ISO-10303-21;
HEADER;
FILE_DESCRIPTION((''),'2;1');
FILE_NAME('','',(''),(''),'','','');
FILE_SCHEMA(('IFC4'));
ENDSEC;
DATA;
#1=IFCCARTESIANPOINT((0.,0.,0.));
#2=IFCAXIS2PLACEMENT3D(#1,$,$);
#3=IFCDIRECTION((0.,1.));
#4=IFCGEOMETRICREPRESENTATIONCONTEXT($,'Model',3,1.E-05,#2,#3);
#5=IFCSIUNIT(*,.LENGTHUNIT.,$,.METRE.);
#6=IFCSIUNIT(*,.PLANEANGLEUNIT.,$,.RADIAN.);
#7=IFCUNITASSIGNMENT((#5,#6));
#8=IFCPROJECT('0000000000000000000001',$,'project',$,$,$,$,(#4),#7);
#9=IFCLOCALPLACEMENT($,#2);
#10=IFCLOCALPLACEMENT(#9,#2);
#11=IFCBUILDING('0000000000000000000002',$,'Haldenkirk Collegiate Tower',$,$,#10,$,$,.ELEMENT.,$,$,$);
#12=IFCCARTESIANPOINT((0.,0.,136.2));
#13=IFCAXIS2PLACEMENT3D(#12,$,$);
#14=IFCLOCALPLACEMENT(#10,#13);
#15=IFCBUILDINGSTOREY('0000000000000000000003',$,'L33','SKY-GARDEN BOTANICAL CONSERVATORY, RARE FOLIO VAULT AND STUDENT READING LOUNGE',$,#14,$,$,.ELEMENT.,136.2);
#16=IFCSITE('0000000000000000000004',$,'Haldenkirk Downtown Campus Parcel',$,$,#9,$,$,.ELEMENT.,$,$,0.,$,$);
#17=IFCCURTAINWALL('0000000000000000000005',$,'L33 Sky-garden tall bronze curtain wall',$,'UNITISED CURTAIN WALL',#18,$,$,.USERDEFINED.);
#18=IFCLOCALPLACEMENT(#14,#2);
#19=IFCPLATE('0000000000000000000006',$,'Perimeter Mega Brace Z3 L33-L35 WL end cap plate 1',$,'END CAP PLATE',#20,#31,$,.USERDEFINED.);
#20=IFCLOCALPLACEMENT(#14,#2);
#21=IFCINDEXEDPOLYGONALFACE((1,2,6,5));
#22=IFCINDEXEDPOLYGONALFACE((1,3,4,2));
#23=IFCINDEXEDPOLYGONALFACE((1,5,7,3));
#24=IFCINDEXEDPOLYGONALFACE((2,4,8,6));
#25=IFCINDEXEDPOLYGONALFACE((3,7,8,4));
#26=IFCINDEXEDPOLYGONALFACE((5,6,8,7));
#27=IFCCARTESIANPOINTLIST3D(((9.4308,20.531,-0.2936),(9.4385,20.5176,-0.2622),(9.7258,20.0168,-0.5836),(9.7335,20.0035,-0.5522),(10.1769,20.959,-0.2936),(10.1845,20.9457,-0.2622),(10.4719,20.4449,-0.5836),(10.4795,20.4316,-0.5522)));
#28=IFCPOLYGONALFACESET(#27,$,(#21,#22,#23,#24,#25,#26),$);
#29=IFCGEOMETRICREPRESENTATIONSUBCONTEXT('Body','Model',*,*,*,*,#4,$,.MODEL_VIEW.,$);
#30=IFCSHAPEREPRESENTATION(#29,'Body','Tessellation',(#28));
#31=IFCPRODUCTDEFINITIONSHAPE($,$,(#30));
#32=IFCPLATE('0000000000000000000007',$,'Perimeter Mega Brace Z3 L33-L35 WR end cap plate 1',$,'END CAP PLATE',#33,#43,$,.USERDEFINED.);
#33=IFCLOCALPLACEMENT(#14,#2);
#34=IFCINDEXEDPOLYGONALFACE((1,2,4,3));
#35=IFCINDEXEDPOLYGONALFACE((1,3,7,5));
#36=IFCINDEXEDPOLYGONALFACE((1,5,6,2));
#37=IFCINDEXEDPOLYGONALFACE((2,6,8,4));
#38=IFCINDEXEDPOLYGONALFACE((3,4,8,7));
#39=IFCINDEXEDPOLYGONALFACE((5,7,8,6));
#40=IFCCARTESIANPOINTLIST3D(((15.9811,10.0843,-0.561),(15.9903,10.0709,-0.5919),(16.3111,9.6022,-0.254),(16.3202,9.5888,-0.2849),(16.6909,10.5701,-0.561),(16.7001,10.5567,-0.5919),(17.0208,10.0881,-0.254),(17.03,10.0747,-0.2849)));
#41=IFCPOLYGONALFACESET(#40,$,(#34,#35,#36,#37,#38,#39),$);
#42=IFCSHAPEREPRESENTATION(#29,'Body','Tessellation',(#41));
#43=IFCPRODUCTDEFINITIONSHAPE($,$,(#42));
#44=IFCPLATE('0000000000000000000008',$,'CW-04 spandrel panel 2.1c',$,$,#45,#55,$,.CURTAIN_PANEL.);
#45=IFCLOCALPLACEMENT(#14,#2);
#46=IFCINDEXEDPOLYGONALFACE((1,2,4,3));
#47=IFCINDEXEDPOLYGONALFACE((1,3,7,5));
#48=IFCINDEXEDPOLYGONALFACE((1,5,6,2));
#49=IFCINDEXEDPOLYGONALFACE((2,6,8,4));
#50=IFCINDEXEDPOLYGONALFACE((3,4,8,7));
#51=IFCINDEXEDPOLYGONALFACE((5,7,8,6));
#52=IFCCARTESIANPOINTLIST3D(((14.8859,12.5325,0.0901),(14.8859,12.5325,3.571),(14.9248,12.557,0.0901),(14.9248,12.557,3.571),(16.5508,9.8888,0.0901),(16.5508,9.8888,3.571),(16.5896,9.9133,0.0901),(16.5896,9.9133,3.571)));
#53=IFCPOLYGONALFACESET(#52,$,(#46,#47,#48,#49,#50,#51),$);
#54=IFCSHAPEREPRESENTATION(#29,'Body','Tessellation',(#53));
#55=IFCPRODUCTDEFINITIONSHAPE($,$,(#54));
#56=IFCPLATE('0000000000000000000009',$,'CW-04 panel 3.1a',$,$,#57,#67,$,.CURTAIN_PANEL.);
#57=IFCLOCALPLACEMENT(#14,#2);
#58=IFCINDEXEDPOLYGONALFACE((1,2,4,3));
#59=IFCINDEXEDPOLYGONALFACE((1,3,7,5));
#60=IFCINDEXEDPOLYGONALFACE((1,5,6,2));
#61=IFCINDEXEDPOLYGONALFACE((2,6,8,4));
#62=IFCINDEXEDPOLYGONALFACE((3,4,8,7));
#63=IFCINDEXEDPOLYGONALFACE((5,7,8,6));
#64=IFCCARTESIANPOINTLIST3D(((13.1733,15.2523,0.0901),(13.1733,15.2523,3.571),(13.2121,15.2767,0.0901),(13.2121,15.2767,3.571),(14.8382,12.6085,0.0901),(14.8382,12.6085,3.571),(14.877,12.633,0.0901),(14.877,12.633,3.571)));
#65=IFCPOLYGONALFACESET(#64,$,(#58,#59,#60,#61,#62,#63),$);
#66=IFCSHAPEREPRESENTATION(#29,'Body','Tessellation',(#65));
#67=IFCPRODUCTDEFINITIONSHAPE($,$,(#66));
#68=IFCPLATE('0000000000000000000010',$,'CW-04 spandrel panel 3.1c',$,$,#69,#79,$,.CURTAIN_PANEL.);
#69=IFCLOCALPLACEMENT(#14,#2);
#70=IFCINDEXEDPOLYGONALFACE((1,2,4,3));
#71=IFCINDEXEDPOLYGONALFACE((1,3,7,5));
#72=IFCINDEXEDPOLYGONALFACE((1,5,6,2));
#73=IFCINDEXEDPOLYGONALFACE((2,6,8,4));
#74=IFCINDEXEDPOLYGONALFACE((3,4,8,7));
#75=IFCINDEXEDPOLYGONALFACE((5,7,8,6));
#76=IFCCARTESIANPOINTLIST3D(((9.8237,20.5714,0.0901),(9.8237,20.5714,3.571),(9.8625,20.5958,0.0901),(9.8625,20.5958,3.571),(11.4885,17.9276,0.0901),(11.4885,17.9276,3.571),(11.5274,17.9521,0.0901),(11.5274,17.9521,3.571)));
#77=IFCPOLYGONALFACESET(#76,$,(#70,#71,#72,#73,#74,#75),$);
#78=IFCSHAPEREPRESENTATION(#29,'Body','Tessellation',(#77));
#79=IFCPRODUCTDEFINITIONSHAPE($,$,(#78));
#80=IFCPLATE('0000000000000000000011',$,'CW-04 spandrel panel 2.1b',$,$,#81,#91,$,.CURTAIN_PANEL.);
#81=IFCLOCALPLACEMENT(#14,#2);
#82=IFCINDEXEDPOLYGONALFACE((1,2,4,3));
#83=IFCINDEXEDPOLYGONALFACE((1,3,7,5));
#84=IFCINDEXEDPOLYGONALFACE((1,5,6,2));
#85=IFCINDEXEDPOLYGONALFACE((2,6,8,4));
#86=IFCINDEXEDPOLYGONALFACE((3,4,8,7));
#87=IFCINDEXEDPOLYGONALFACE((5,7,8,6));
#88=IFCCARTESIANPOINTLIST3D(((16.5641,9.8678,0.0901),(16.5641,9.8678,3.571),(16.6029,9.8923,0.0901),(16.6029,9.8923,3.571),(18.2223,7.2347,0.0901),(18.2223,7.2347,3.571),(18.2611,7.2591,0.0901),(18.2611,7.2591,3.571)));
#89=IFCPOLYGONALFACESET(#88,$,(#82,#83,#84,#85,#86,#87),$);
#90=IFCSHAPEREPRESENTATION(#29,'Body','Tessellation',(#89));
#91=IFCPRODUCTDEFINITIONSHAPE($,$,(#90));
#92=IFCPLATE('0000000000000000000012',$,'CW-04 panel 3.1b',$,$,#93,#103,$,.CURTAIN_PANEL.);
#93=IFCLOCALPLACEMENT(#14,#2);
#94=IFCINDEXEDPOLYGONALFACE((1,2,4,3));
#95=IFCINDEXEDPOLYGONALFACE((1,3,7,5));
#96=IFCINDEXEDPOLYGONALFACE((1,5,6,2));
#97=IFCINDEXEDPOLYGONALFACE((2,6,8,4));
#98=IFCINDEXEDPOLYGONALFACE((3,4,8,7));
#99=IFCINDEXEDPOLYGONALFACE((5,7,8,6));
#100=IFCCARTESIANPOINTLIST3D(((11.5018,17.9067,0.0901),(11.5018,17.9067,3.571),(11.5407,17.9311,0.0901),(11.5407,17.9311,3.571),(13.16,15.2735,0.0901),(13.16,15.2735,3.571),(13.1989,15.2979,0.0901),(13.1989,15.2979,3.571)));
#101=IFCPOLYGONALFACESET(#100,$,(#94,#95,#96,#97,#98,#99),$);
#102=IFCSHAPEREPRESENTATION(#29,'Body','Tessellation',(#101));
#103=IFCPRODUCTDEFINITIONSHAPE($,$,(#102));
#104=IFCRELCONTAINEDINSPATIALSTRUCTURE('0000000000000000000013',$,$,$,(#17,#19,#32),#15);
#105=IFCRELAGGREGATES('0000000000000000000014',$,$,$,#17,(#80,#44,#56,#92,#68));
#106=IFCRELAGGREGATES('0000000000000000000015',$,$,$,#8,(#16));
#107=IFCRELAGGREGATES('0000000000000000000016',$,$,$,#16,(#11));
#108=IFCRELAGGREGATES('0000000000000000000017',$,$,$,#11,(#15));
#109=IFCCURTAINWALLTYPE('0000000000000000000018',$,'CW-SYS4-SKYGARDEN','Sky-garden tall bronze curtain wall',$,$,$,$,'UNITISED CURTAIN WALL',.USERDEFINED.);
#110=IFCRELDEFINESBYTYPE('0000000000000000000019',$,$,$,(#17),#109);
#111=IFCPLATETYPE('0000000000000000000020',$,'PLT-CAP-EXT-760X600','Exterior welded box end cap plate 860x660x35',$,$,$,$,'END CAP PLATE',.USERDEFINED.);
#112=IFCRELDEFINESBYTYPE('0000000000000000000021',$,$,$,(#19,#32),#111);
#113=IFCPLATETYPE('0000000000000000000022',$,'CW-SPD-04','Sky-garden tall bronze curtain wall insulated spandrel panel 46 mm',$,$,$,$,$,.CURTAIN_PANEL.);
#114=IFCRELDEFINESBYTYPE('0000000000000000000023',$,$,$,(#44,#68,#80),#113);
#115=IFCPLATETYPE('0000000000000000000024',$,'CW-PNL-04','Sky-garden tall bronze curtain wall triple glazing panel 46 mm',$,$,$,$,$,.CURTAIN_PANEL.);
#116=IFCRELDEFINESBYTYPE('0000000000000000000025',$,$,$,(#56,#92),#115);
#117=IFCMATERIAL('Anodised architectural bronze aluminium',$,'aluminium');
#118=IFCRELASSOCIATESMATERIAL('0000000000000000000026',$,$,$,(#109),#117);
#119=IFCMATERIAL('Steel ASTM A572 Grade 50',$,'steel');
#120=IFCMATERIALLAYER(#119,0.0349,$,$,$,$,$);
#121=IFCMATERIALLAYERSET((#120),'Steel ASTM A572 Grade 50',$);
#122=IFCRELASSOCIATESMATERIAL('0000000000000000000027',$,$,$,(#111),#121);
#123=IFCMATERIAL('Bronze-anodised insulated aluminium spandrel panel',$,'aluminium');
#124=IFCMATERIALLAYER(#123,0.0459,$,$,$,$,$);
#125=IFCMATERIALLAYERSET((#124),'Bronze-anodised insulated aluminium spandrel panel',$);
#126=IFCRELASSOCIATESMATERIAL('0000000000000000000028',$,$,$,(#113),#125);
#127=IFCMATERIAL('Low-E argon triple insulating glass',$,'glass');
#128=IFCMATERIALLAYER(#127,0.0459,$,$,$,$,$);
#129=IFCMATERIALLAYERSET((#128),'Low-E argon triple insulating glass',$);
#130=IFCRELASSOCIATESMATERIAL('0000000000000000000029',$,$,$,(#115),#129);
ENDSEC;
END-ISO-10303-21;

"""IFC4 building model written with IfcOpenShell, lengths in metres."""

from ifc_helpers import new_model, si_unit, direction, frame, origin, origin_2d, place, context, subcontext, project, spatial, rectangle, extrude, source, transform, mapped, material, layer, layer_set, type_object, element, aggregate, save


model = new_model("IFC4")

# Units and contexts
model_context = context("Model", 3, precision=1e-05, world=origin(), true_north=direction((0.0, 1.0)))
body_context = subcontext(model_context, "Body", "Model", "MODEL_VIEW")
ifc_project = project(units=[si_unit("LENGTHUNIT", "METRE"), si_unit("PLANEANGLEUNIT", "RADIAN")], contexts=[model_context])

# Site, building, storey
site_placement = place(None, origin())
site = spatial("IfcSite", under=ifc_project, at=site_placement, Name="Haldenkirk Downtown Campus Parcel", CompositionType="ELEMENT", RefElevation=0.0)
building_placement = place(site_placement, origin())
building = spatial("IfcBuilding", under=site, at=building_placement, Name="Haldenkirk Collegiate Tower", CompositionType="ELEMENT")
storey_placement = place(building_placement, frame((0.0, 0.0, 136.2)))
storey = spatial("IfcBuildingStorey", under=building, at=storey_placement, Name="L33", Description="SKY-GARDEN BOTANICAL CONSERVATORY, RARE FOLIO VAULT AND STUDENT READING LOUNGE", CompositionType="ELEMENT", Elevation=136.2)

# Shared definitions
ifc_material_1 = material(Name="Steel ASTM A572 Grade 50", Category="steel")

# Curtain wall
ifc_material_2 = material(Name="Anodised architectural bronze aluminium", Category="aluminium")
curtain_wall_type = type_object("IfcCurtainWallType", Name="CW-SYS4-SKYGARDEN", Description="Sky-garden tall bronze curtain wall", ElementType="UNITISED CURTAIN WALL", PredefinedType="USERDEFINED", material=ifc_material_2)
curtain_wall_placement = place(storey_placement, origin())
curtain_wall = element("IfcCurtainWall", 1, at=curtain_wall_placement, inside=storey, type_object=curtain_wall_type, Name="L33 Sky-garden tall bronze curtain wall", ObjectType="UNITISED CURTAIN WALL", PredefinedType="USERDEFINED")

# Plates
ifc_layer_1 = layer(ifc_material_1, 0.0349)
ifc_layer_set_1 = layer_set([ifc_layer_1], Name="Steel ASTM A572 Grade 50")
plate_type_1 = type_object("IfcPlateType", Name="PLT-CAP-EXT-760X600", Description="Exterior welded box end cap plate 860x660x35", ElementType="END CAP PLATE", PredefinedType="USERDEFINED", material=ifc_layer_set_1)
shared_shape_1 = source(origin(), body_context, "Body", "SweptSolid", [
    extrude(rectangle(XDim=0.8601, YDim=0.6599, at=origin_2d()), origin(), (0.0, 0.0, 1.0), 0.0349),
])
for number, where, z_axis, x_axis, name in (
    (2, (9.959, 20.4746, -0.4072), (-0.218725, 0.381189, -0.898251), (-0.867357, -0.497687, 0.0), "Perimeter Mega Brace Z3 L33-L35 WL end cap plate 1"),
    (3, (16.501, 10.0862, -0.4075), (0.262757, -0.383872, -0.885212), (0.8252, 0.564841, 0.0), "Perimeter Mega Brace Z3 L33-L35 WR end cap plate 1"),
):
    element("IfcPlate", number, at=place(storey_placement, frame(where, z_axis=z_axis, x_axis=x_axis)), inside=storey, type_object=plate_type_1, Name=name, ObjectType="END CAP PLATE", PredefinedType="USERDEFINED", context=body_context, shape_type="MappedRepresentation", body=[
        mapped(shared_shape_1, transform((0.0, 0.0, 0.0), x_axis=(1.0, 0.0, 0.0), y_axis=(0.0, 1.0, 0.0), z_axis=(0.0, 0.0, 1.0), scale=1.0)),
    ])

# Plates
ifc_material_3 = material(Name="Bronze-anodised insulated aluminium spandrel panel", Category="aluminium")
ifc_layer_2 = layer(ifc_material_3, 0.0459)
ifc_layer_set_2 = layer_set([ifc_layer_2], Name="Bronze-anodised insulated aluminium spandrel panel")
plate_type_2 = type_object("IfcPlateType", Name="CW-SPD-04", Description="Sky-garden tall bronze curtain wall insulated spandrel panel 46 mm", PredefinedType="CURTAIN_PANEL", material=ifc_layer_set_2)
shared_shape_2 = source(origin(), body_context, "Body", "SweptSolid", [
    extrude(rectangle(XDim=3.1243, YDim=0.0459, at=origin_2d()), origin(), (0.0, 0.0, 1.0), 3.481),
])
plate_1_placement = place(storey_placement, frame((15.7378, 11.2229, 0.0901), z_axis=(0.0, 0.0, 1.0), x_axis=(-0.532878, 0.846192, 0.0)))
plate_1 = element("IfcPlate", 4, at=plate_1_placement, type_object=plate_type_2, Name="CW-04 spandrel panel 2.1c", PredefinedType="CURTAIN_PANEL", context=body_context, shape_type="MappedRepresentation", body=[
    mapped(shared_shape_2, transform((0.0, 0.0, 0.0), x_axis=(1.0, 0.0, 0.0), y_axis=(0.0, 1.0, 0.0), z_axis=(0.0, 0.0, 1.0), scale=1.0)),
])
ifc_material_4 = material(Name="Low-E argon triple insulating glass", Category="glass")
ifc_layer_3 = layer(ifc_material_4, 0.0459)
ifc_layer_set_3 = layer_set([ifc_layer_3], Name="Low-E argon triple insulating glass")
plate_type_3 = type_object("IfcPlateType", Name="CW-PNL-04", Description="Sky-garden tall bronze curtain wall triple glazing panel 46 mm", PredefinedType="CURTAIN_PANEL", material=ifc_layer_set_3)
plate_2_placement = place(storey_placement, frame((14.0251, 13.9426, 0.0901), z_axis=(0.0, 0.0, 1.0), x_axis=(-0.532878, 0.846192, 0.0)))
plate_2 = element("IfcPlate", 5, at=plate_2_placement, type_object=plate_type_3, Name="CW-04 panel 3.1a", PredefinedType="CURTAIN_PANEL", context=body_context, shape_type="MappedRepresentation", body=[
    mapped(shared_shape_2, transform((0.0, 0.0, 0.0), x_axis=(1.0, 0.0, 0.0), y_axis=(0.0, 1.0, 0.0), z_axis=(0.0, 0.0, 1.0), scale=1.0)),
])
plate_3_placement = place(storey_placement, frame((10.6755, 19.2617, 0.0901), z_axis=(0.0, 0.0, 1.0), x_axis=(-0.532878, 0.846192, 0.0)))
plate_3 = element("IfcPlate", 6, at=plate_3_placement, type_object=plate_type_2, Name="CW-04 spandrel panel 3.1c", PredefinedType="CURTAIN_PANEL", context=body_context, shape_type="MappedRepresentation", body=[
    mapped(shared_shape_2, transform((0.0, 0.0, 0.0), x_axis=(1.0, 0.0, 0.0), y_axis=(0.0, 1.0, 0.0), z_axis=(0.0, 0.0, 1.0), scale=1.0)),
])
shared_shape_3 = source(origin(), body_context, "Body", "SweptSolid", [
    extrude(rectangle(XDim=3.1118, YDim=0.0459, at=origin_2d()), origin(), (0.0, 0.0, 1.0), 3.481),
])
plate_4_placement = place(storey_placement, frame((17.4126, 8.5635, 0.0901), z_axis=(0.0, 0.0, 1.0), x_axis=(-0.532878, 0.846192, 0.0)))
plate_4 = element("IfcPlate", 7, at=plate_4_placement, type_object=plate_type_2, Name="CW-04 spandrel panel 2.1b", PredefinedType="CURTAIN_PANEL", context=body_context, shape_type="MappedRepresentation", body=[
    mapped(shared_shape_3, transform((0.0, 0.0, 0.0), x_axis=(1.0, 0.0, 0.0), y_axis=(0.0, 1.0, 0.0), z_axis=(0.0, 0.0, 1.0), scale=1.0)),
])
plate_5_placement = place(storey_placement, frame((12.3503, 16.6023, 0.0901), z_axis=(0.0, 0.0, 1.0), x_axis=(-0.532878, 0.846192, 0.0)))
plate_5 = element("IfcPlate", 8, at=plate_5_placement, type_object=plate_type_3, Name="CW-04 panel 3.1b", PredefinedType="CURTAIN_PANEL", context=body_context, shape_type="MappedRepresentation", body=[
    mapped(shared_shape_3, transform((0.0, 0.0, 0.0), x_axis=(1.0, 0.0, 0.0), y_axis=(0.0, 1.0, 0.0), z_axis=(0.0, 0.0, 1.0), scale=1.0)),
])
aggregate(curtain_wall, [plate_4, plate_1, plate_2, plate_5, plate_3])

save(model, "model.ifc")
